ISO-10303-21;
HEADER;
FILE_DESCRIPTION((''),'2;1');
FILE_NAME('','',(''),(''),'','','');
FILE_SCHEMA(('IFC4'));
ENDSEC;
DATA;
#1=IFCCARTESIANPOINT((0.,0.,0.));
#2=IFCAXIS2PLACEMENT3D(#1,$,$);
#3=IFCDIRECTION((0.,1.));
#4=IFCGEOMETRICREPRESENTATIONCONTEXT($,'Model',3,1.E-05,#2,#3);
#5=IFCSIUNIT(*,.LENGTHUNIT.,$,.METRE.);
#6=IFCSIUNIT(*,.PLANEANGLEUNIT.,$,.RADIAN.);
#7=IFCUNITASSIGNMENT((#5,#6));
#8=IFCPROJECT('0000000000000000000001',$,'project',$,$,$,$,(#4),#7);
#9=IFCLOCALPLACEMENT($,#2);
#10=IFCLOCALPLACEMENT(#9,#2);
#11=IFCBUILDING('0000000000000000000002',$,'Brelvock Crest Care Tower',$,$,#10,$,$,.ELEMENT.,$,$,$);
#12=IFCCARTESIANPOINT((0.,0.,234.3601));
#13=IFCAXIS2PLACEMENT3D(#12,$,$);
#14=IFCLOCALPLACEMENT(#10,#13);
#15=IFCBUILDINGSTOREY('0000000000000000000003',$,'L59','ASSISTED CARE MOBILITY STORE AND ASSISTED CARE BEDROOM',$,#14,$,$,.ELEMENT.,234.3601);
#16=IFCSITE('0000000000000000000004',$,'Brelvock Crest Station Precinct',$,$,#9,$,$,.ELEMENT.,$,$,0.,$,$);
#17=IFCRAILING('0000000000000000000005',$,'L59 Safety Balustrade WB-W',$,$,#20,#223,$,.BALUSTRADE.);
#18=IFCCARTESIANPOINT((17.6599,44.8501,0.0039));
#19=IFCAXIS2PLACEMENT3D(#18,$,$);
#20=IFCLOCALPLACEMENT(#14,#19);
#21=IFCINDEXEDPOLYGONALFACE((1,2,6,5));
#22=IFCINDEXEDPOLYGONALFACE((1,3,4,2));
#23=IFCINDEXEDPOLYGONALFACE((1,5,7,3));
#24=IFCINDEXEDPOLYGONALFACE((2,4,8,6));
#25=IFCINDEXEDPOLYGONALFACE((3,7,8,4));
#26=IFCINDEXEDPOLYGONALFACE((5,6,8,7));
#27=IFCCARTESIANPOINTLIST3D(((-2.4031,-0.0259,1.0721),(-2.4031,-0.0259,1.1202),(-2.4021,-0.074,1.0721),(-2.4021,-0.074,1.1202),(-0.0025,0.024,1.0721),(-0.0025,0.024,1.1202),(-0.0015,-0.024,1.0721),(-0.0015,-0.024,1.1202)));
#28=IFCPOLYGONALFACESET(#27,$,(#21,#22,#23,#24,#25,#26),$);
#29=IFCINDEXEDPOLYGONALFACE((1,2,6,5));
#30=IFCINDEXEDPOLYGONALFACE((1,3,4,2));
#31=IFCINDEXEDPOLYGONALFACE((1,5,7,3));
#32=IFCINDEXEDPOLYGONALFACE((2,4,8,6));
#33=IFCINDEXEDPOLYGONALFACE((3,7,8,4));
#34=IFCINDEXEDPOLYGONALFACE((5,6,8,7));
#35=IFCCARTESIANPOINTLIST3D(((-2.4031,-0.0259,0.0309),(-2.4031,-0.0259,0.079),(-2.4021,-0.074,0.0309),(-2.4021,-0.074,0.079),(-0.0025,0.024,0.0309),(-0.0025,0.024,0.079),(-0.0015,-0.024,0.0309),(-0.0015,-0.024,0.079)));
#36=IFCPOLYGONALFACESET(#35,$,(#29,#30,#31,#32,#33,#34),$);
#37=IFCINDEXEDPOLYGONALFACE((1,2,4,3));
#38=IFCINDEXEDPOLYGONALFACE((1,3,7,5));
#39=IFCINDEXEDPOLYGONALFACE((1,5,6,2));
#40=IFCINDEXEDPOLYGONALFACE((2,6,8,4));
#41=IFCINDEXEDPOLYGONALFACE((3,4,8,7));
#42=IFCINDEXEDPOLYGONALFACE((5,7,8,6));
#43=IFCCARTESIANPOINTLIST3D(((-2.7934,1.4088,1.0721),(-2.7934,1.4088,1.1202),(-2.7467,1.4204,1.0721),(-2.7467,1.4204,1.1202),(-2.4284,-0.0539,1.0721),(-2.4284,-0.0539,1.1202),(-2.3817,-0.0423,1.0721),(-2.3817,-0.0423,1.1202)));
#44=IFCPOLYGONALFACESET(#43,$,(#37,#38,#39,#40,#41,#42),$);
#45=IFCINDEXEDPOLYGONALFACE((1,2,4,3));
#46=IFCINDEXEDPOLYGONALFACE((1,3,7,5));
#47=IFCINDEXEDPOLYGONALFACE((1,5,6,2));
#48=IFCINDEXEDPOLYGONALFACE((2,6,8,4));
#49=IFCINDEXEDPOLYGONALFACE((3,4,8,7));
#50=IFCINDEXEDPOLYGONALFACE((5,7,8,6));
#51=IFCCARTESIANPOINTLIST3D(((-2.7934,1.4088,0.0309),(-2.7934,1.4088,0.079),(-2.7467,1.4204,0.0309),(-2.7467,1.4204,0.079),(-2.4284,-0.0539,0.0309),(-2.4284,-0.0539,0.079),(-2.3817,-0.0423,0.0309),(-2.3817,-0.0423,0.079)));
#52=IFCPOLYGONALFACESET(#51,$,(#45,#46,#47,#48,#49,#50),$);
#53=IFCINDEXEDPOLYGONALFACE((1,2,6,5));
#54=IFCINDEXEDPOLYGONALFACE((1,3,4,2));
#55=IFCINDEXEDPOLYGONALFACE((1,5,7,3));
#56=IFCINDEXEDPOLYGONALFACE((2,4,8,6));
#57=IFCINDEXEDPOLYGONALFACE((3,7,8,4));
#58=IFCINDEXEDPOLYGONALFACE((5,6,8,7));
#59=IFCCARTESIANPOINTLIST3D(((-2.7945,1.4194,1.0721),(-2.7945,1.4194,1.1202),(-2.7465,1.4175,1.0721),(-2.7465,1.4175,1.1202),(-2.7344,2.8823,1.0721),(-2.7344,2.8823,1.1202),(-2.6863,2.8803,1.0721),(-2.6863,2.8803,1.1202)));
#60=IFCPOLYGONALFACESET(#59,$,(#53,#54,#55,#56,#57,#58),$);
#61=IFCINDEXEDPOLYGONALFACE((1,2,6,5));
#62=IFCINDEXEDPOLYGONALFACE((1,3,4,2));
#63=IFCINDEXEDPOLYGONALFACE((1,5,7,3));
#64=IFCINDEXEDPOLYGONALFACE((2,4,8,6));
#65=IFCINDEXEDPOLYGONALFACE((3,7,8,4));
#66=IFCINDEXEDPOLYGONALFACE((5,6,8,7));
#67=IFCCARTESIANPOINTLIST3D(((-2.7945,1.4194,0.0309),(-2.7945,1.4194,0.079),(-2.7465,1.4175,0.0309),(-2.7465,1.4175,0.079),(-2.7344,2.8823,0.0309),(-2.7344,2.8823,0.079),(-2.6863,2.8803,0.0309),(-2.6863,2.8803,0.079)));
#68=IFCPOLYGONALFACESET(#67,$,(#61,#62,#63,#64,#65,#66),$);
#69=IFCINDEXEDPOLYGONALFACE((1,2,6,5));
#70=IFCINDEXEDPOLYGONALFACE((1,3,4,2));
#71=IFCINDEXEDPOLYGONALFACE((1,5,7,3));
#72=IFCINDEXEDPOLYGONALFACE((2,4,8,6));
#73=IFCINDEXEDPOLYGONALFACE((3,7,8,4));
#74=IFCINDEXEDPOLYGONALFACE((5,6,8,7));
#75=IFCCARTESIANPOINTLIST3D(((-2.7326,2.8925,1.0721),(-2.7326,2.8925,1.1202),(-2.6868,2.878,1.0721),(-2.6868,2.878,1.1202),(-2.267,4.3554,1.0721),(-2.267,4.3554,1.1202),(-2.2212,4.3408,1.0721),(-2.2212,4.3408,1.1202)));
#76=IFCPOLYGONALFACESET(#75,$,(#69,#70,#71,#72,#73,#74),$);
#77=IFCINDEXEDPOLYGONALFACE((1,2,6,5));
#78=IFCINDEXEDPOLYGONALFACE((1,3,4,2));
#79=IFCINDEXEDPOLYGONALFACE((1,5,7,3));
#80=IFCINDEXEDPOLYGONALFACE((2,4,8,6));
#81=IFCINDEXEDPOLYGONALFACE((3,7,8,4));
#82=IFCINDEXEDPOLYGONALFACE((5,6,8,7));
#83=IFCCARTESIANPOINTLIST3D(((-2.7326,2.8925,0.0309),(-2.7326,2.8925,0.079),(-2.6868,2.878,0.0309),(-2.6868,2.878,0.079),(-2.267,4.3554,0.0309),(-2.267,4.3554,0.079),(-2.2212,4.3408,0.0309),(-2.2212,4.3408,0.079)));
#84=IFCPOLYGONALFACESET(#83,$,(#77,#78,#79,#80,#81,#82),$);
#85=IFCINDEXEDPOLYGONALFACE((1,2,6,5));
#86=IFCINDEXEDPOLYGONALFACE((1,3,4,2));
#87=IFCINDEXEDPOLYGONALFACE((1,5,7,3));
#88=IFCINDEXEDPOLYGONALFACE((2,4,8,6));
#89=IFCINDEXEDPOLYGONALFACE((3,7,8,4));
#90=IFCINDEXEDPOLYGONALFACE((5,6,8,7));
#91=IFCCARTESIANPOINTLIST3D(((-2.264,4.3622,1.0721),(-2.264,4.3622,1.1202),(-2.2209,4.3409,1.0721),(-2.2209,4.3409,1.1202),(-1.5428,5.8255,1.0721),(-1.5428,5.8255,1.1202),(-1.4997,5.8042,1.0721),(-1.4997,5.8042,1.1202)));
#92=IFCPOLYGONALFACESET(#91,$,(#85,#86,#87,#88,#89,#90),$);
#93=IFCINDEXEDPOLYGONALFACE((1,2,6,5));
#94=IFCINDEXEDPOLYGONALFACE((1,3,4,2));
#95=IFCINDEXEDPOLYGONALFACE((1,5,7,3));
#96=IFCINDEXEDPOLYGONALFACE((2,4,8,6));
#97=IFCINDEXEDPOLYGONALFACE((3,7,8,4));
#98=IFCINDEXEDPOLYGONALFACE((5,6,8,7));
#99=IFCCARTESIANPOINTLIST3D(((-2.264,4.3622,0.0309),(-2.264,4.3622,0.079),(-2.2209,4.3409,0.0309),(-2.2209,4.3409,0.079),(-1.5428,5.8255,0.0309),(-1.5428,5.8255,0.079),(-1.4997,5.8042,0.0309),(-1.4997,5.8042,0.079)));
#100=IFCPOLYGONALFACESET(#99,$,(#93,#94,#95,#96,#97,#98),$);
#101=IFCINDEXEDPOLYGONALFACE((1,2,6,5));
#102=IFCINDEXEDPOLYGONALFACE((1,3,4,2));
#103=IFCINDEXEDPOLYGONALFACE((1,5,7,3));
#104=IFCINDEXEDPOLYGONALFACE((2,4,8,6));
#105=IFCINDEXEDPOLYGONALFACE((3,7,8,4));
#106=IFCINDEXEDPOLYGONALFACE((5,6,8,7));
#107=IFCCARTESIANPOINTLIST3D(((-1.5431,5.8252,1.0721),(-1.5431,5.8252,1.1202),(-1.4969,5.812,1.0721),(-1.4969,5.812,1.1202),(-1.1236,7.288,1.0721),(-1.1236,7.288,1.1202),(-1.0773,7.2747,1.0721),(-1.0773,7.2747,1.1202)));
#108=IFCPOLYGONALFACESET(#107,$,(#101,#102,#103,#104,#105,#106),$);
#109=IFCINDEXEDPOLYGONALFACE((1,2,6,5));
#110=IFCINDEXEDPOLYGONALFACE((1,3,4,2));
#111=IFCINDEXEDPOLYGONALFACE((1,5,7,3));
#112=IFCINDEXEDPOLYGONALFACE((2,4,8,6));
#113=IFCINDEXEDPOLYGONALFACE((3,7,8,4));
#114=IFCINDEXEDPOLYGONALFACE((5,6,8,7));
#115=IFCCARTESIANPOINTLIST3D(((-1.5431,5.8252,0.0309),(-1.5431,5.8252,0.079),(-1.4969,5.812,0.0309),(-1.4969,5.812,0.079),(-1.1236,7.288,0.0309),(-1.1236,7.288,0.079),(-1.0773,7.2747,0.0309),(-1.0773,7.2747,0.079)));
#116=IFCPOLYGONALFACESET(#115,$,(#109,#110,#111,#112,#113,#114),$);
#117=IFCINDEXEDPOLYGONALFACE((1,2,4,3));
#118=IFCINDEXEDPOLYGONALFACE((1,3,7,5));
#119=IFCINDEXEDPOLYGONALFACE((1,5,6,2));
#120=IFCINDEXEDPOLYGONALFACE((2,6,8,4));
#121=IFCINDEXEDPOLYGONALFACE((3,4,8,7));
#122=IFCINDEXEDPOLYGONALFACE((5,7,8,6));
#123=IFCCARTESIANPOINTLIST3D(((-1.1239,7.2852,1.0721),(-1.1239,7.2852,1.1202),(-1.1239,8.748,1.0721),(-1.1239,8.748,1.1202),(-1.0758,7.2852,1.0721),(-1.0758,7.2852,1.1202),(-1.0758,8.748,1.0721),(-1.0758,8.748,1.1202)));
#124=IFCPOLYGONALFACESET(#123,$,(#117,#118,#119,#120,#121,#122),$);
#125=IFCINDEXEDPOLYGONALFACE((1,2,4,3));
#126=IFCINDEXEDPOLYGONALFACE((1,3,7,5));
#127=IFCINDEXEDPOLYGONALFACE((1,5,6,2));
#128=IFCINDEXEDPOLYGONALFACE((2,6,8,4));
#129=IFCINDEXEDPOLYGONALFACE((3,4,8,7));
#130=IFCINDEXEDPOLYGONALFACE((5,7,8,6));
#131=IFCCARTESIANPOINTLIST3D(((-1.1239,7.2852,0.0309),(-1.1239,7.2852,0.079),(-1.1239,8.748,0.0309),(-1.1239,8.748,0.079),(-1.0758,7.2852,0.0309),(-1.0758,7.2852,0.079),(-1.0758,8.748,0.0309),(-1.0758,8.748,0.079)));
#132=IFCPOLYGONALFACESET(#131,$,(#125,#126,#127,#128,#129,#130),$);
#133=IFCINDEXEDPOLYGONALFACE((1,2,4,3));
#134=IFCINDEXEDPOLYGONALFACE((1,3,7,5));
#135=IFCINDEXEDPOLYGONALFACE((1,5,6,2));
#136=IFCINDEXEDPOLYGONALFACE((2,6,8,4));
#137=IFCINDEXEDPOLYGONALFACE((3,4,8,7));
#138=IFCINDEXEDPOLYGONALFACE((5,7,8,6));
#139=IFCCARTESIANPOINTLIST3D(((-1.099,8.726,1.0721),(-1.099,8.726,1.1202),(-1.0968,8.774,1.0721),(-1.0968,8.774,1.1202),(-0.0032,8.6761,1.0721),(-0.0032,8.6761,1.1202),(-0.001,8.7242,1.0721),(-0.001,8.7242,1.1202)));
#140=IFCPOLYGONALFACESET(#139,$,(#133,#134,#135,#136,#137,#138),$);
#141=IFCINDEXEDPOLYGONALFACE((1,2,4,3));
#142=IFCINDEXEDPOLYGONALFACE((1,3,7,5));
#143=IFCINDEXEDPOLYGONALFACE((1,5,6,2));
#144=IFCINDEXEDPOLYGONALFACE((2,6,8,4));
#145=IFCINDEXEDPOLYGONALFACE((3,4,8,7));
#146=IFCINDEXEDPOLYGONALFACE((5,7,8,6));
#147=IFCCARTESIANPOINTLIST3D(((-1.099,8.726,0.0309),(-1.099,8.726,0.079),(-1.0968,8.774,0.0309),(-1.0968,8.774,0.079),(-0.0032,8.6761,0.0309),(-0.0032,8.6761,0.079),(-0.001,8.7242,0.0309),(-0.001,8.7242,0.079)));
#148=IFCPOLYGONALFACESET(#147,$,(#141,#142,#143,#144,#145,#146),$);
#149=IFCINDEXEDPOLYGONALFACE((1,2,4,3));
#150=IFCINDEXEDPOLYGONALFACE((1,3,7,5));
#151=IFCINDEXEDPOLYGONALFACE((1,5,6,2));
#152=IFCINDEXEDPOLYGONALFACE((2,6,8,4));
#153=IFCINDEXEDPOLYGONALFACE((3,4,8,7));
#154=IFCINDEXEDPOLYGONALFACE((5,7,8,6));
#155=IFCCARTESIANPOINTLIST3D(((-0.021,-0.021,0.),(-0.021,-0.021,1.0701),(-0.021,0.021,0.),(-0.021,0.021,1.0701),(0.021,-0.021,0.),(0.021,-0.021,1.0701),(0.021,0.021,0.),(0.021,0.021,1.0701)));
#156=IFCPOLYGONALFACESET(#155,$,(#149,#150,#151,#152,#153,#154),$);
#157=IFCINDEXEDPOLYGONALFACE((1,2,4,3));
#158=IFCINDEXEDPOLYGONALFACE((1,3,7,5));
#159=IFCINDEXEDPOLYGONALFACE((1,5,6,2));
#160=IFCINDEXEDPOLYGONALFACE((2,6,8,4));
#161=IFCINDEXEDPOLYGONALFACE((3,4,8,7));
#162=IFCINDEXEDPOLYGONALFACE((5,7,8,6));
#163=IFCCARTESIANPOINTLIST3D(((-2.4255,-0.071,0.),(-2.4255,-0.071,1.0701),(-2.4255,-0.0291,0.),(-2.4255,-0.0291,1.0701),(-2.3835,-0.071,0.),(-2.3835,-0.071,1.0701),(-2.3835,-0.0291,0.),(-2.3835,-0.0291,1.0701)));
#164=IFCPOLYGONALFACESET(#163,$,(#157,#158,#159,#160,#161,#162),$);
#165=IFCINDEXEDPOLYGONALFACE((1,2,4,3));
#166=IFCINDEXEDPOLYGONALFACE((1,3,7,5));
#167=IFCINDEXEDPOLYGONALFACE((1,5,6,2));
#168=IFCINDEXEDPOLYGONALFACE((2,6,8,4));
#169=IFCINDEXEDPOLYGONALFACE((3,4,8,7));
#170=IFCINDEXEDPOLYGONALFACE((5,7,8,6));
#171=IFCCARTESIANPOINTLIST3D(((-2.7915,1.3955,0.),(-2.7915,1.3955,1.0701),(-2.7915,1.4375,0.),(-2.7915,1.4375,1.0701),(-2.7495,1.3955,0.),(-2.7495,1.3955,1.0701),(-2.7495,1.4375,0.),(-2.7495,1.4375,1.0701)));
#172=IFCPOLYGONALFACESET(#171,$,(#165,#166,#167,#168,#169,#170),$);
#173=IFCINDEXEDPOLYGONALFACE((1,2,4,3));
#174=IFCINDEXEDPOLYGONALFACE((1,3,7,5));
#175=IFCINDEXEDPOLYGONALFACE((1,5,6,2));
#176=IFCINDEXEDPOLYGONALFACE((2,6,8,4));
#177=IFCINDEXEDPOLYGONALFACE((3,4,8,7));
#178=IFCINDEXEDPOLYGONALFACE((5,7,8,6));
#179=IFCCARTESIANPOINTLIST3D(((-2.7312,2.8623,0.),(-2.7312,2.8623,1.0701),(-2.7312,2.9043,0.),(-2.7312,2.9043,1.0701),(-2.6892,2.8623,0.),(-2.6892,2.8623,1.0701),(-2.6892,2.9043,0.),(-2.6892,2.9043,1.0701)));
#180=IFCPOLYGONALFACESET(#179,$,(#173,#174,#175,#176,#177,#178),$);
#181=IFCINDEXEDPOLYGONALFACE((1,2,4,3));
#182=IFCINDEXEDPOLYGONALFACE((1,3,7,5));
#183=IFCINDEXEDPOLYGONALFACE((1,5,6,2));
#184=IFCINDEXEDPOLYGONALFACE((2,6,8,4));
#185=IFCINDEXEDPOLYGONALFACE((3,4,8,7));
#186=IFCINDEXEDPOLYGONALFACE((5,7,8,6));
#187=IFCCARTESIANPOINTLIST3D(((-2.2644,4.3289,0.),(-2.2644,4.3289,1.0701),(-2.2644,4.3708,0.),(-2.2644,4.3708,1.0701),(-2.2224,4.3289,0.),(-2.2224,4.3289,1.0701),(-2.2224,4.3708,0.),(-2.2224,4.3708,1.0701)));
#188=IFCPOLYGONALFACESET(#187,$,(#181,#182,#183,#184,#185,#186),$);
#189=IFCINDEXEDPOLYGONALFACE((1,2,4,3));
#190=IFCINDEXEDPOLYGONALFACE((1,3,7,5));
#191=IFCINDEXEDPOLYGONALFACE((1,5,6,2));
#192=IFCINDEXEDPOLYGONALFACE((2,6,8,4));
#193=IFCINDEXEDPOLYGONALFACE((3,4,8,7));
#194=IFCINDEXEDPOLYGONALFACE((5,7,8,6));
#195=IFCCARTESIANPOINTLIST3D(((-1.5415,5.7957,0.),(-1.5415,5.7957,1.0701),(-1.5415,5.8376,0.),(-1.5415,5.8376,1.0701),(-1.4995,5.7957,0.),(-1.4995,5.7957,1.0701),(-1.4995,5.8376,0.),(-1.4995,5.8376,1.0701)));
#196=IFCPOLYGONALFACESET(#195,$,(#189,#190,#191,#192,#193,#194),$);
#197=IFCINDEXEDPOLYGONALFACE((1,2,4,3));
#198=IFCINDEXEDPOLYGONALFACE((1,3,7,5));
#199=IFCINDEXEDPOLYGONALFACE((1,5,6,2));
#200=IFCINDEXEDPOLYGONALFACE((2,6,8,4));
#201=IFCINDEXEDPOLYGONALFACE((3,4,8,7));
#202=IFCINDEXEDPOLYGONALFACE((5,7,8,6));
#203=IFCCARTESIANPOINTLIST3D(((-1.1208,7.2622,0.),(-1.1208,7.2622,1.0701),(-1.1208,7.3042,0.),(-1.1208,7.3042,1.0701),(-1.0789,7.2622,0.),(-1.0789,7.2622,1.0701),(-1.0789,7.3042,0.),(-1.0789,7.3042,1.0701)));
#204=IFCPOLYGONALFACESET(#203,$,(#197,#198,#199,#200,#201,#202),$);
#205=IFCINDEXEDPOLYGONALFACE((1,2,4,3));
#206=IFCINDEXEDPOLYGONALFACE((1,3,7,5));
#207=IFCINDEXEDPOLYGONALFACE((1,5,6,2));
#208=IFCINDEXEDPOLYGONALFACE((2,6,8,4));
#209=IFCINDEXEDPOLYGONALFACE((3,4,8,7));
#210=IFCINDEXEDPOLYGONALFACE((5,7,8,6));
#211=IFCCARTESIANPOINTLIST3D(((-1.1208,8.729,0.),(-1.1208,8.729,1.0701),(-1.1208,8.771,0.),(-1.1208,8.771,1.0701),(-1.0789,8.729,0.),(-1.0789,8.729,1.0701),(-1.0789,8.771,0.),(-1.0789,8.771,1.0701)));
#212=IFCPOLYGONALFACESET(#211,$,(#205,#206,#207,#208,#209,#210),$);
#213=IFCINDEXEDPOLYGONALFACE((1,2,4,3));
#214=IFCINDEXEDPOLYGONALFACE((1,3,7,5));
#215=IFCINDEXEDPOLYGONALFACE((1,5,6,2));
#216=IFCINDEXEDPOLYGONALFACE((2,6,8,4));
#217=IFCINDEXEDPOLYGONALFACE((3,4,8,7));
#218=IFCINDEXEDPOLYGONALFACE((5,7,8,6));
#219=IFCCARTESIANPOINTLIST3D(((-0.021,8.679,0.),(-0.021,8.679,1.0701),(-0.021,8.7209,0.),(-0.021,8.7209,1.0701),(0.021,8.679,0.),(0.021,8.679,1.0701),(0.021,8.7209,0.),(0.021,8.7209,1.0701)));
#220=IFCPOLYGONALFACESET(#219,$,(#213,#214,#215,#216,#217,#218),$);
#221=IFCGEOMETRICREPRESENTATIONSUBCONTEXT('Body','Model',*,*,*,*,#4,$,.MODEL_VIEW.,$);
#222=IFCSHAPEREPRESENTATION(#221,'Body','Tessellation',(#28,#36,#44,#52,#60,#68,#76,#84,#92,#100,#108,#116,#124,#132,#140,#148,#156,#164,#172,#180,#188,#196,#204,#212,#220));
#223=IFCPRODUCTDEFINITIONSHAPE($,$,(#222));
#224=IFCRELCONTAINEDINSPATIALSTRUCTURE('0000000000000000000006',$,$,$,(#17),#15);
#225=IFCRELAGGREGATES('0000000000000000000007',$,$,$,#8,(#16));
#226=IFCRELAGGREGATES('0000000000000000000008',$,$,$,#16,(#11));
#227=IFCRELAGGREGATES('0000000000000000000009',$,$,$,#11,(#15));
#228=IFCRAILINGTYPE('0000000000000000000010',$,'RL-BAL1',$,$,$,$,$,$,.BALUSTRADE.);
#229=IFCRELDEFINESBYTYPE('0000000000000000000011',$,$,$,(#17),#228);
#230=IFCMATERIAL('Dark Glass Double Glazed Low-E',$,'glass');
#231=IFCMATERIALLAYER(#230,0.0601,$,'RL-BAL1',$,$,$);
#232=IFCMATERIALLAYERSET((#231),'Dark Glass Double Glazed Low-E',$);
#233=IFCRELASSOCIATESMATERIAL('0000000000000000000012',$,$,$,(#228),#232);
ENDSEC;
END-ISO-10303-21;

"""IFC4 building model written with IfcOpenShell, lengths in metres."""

from ifc_helpers import new_model, si_unit, direction, frame, origin, origin_2d, place, context, subcontext, project, spatial, rectangle, extrude, material, layer, layer_set, type_object, element, save


model = new_model("IFC4")

# Units and contexts
model_context = context("Model", 3, precision=1e-05, world=origin(), true_north=direction((0.0, 1.0)))
body_context = subcontext(model_context, "Body", "Model", "MODEL_VIEW")
ifc_project = project(units=[si_unit("LENGTHUNIT", "METRE"), si_unit("PLANEANGLEUNIT", "RADIAN")], contexts=[model_context])

# Site, building, storey
site_placement = place(None, origin())
site = spatial("IfcSite", under=ifc_project, at=site_placement, Name="Brelvock Crest Station Precinct", CompositionType="ELEMENT", RefElevation=0.0)
building_placement = place(site_placement, origin())
building = spatial("IfcBuilding", under=site, at=building_placement, Name="Brelvock Crest Care Tower", CompositionType="ELEMENT")
storey_placement = place(building_placement, frame((0.0, 0.0, 234.3601)))
storey = spatial("IfcBuildingStorey", under=building, at=storey_placement, Name="L59", Description="ASSISTED CARE MOBILITY STORE AND ASSISTED CARE BEDROOM", CompositionType="ELEMENT", Elevation=234.3601)

# Shared definitions
ifc_material_1 = material(Name="Dark Glass Double Glazed Low-E", Category="glass")

# Railing
ifc_layer_1 = layer(ifc_material_1, 0.0601, Name="RL-BAL1")
ifc_layer_set_1 = layer_set([ifc_layer_1], Name="Dark Glass Double Glazed Low-E")
railing_type = type_object("IfcRailingType", Name="RL-BAL1", PredefinedType="BALUSTRADE", material=ifc_layer_set_1)
railing_placement = place(storey_placement, frame((17.6599, 44.8501, 0.0039)))
element("IfcRailing", 1, at=railing_placement, inside=storey, type_object=railing_type, Name="L59 Safety Balustrade WB-W", PredefinedType="BALUSTRADE", context=body_context, shape_type="SweptSolid", body=[
    extrude(rectangle(XDim=0.0481, YDim=0.0481, at=origin_2d()), frame((-0.002, 0.0, 1.0962), z_axis=(-0.999783, -0.02081, 0.0), x_axis=(0.02081, -0.999783, 0.0)), (0.0, 0.0, 1.0), 2.4011),
    extrude(rectangle(XDim=0.0481, YDim=0.0481, at=origin_2d()), frame((-0.002, 0.0, 0.0549), z_axis=(-0.999783, -0.02081, 0.0), x_axis=(0.02081, -0.999783, 0.0)), (0.0, 0.0, 1.0), 2.4011),
    extrude(rectangle(XDim=0.0481, YDim=0.0481, at=origin_2d()), frame((-2.405, -0.0481, 1.0962), z_axis=(-0.242118, 0.970247, 0.0), x_axis=(-0.970247, -0.242118, 0.0)), (0.0, 0.0, 1.0), 1.5076),
    extrude(rectangle(XDim=0.0481, YDim=0.0481, at=origin_2d()), frame((-2.405, -0.0481, 0.0549), z_axis=(-0.242118, 0.970247, 0.0), x_axis=(-0.970247, -0.242118, 0.0)), (0.0, 0.0, 1.0), 1.5076),
    extrude(rectangle(XDim=0.0481, YDim=0.0481, at=origin_2d()), frame((-2.7705, 1.4185, 1.0962), z_axis=(0.041077, 0.999156, 0.0), x_axis=(-0.999156, 0.041077, 0.0)), (0.0, 0.0, 1.0), 1.4641),
    extrude(rectangle(XDim=0.0481, YDim=0.0481, at=origin_2d()), frame((-2.7705, 1.4185, 0.0549), z_axis=(0.041077, 0.999156, 0.0), x_axis=(-0.999156, 0.041077, 0.0)), (0.0, 0.0, 1.0), 1.4641),
    extrude(rectangle(XDim=0.0481, YDim=0.0481, at=origin_2d()), frame((-2.7097, 2.8853, 1.0962), z_axis=(0.303302, 0.952895, 0.0), x_axis=(-0.952895, 0.303302, 0.0)), (0.0, 0.0, 1.0), 1.5352),
    extrude(rectangle(XDim=0.0481, YDim=0.0481, at=origin_2d()), frame((-2.7097, 2.8853, 0.0549), z_axis=(0.303302, 0.952895, 0.0), x_axis=(-0.952895, 0.303302, 0.0)), (0.0, 0.0, 1.0), 1.5352),
    extrude(rectangle(XDim=0.0481, YDim=0.0481, at=origin_2d()), frame((-2.2424, 4.3516, 1.0962), z_axis=(0.44207, 0.89698, 0.0), x_axis=(-0.89698, 0.44207, 0.0)), (0.0, 0.0, 1.0), 1.6313),
    extrude(rectangle(XDim=0.0481, YDim=0.0481, at=origin_2d()), frame((-2.2424, 4.3516, 0.0549), z_axis=(0.44207, 0.89698, 0.0), x_axis=(-0.89698, 0.44207, 0.0)), (0.0, 0.0, 1.0), 1.6313),
    extrude(rectangle(XDim=0.0481, YDim=0.0481, at=origin_2d()), frame((-1.52, 5.8186, 1.0962), z_axis=(0.275714, 0.96124, 0.0), x_axis=(-0.96124, 0.275714, 0.0)), (0.0, 0.0, 1.0), 1.5217),
    extrude(rectangle(XDim=0.0481, YDim=0.0481, at=origin_2d()), frame((-1.52, 5.8186, 0.0549), z_axis=(0.275714, 0.96124, 0.0), x_axis=(-0.96124, 0.275714, 0.0)), (0.0, 0.0, 1.0), 1.5217),
    extrude(rectangle(XDim=0.0481, YDim=0.0481, at=origin_2d()), frame((-1.0999, 7.2852, 1.0962), z_axis=(0.0, 1.0, 0.0), x_axis=(-1.0, 0.0, 0.0)), (0.0, 0.0, 1.0), 1.4629),
    extrude(rectangle(XDim=0.0481, YDim=0.0481, at=origin_2d()), frame((-1.0999, 7.2852, 0.0549), z_axis=(0.0, 1.0, 0.0), x_axis=(-1.0, 0.0, 0.0)), (0.0, 0.0, 1.0), 1.4629),
    extrude(rectangle(XDim=0.0481, YDim=0.0481, at=origin_2d()), frame((-1.0979, 8.75, 1.0962), z_axis=(0.998966, -0.045458, 0.0), x_axis=(0.045458, 0.998966, 0.0)), (0.0, 0.0, 1.0), 1.0969),
    extrude(rectangle(XDim=0.0481, YDim=0.0481, at=origin_2d()), frame((-1.0979, 8.75, 0.0549), z_axis=(0.998966, -0.045458, 0.0), x_axis=(0.045458, 0.998966, 0.0)), (0.0, 0.0, 1.0), 1.0969),
    extrude(rectangle(XDim=0.042, YDim=0.042, at=origin_2d()), origin(), (0.0, 0.0, 1.0), 1.0701),
    extrude(rectangle(XDim=0.042, YDim=0.042, at=origin_2d()), frame((-2.4045, -0.05, 0.0)), (0.0, 0.0, 1.0), 1.0701),
    extrude(rectangle(XDim=0.042, YDim=0.042, at=origin_2d()), frame((-2.7705, 1.4165, 0.0)), (0.0, 0.0, 1.0), 1.0701),
    extrude(rectangle(XDim=0.042, YDim=0.042, at=origin_2d()), frame((-2.7102, 2.8833, 0.0)), (0.0, 0.0, 1.0), 1.0701),
    extrude(rectangle(XDim=0.042, YDim=0.042, at=origin_2d()), frame((-2.2434, 4.3499, 0.0)), (0.0, 0.0, 1.0), 1.0701),
    extrude(rectangle(XDim=0.042, YDim=0.042, at=origin_2d()), frame((-1.5205, 5.8167, 0.0)), (0.0, 0.0, 1.0), 1.0701),
    extrude(rectangle(XDim=0.042, YDim=0.042, at=origin_2d()), frame((-1.0999, 7.2832, 0.0)), (0.0, 0.0, 1.0), 1.0701),
    extrude(rectangle(XDim=0.042, YDim=0.042, at=origin_2d()), frame((-1.0999, 8.75, 0.0)), (0.0, 0.0, 1.0), 1.0701),
    extrude(rectangle(XDim=0.042, YDim=0.042, at=origin_2d()), frame((0.0, 8.7, 0.0)), (0.0, 0.0, 1.0), 1.0701),
])

save(model, "model.ifc")
